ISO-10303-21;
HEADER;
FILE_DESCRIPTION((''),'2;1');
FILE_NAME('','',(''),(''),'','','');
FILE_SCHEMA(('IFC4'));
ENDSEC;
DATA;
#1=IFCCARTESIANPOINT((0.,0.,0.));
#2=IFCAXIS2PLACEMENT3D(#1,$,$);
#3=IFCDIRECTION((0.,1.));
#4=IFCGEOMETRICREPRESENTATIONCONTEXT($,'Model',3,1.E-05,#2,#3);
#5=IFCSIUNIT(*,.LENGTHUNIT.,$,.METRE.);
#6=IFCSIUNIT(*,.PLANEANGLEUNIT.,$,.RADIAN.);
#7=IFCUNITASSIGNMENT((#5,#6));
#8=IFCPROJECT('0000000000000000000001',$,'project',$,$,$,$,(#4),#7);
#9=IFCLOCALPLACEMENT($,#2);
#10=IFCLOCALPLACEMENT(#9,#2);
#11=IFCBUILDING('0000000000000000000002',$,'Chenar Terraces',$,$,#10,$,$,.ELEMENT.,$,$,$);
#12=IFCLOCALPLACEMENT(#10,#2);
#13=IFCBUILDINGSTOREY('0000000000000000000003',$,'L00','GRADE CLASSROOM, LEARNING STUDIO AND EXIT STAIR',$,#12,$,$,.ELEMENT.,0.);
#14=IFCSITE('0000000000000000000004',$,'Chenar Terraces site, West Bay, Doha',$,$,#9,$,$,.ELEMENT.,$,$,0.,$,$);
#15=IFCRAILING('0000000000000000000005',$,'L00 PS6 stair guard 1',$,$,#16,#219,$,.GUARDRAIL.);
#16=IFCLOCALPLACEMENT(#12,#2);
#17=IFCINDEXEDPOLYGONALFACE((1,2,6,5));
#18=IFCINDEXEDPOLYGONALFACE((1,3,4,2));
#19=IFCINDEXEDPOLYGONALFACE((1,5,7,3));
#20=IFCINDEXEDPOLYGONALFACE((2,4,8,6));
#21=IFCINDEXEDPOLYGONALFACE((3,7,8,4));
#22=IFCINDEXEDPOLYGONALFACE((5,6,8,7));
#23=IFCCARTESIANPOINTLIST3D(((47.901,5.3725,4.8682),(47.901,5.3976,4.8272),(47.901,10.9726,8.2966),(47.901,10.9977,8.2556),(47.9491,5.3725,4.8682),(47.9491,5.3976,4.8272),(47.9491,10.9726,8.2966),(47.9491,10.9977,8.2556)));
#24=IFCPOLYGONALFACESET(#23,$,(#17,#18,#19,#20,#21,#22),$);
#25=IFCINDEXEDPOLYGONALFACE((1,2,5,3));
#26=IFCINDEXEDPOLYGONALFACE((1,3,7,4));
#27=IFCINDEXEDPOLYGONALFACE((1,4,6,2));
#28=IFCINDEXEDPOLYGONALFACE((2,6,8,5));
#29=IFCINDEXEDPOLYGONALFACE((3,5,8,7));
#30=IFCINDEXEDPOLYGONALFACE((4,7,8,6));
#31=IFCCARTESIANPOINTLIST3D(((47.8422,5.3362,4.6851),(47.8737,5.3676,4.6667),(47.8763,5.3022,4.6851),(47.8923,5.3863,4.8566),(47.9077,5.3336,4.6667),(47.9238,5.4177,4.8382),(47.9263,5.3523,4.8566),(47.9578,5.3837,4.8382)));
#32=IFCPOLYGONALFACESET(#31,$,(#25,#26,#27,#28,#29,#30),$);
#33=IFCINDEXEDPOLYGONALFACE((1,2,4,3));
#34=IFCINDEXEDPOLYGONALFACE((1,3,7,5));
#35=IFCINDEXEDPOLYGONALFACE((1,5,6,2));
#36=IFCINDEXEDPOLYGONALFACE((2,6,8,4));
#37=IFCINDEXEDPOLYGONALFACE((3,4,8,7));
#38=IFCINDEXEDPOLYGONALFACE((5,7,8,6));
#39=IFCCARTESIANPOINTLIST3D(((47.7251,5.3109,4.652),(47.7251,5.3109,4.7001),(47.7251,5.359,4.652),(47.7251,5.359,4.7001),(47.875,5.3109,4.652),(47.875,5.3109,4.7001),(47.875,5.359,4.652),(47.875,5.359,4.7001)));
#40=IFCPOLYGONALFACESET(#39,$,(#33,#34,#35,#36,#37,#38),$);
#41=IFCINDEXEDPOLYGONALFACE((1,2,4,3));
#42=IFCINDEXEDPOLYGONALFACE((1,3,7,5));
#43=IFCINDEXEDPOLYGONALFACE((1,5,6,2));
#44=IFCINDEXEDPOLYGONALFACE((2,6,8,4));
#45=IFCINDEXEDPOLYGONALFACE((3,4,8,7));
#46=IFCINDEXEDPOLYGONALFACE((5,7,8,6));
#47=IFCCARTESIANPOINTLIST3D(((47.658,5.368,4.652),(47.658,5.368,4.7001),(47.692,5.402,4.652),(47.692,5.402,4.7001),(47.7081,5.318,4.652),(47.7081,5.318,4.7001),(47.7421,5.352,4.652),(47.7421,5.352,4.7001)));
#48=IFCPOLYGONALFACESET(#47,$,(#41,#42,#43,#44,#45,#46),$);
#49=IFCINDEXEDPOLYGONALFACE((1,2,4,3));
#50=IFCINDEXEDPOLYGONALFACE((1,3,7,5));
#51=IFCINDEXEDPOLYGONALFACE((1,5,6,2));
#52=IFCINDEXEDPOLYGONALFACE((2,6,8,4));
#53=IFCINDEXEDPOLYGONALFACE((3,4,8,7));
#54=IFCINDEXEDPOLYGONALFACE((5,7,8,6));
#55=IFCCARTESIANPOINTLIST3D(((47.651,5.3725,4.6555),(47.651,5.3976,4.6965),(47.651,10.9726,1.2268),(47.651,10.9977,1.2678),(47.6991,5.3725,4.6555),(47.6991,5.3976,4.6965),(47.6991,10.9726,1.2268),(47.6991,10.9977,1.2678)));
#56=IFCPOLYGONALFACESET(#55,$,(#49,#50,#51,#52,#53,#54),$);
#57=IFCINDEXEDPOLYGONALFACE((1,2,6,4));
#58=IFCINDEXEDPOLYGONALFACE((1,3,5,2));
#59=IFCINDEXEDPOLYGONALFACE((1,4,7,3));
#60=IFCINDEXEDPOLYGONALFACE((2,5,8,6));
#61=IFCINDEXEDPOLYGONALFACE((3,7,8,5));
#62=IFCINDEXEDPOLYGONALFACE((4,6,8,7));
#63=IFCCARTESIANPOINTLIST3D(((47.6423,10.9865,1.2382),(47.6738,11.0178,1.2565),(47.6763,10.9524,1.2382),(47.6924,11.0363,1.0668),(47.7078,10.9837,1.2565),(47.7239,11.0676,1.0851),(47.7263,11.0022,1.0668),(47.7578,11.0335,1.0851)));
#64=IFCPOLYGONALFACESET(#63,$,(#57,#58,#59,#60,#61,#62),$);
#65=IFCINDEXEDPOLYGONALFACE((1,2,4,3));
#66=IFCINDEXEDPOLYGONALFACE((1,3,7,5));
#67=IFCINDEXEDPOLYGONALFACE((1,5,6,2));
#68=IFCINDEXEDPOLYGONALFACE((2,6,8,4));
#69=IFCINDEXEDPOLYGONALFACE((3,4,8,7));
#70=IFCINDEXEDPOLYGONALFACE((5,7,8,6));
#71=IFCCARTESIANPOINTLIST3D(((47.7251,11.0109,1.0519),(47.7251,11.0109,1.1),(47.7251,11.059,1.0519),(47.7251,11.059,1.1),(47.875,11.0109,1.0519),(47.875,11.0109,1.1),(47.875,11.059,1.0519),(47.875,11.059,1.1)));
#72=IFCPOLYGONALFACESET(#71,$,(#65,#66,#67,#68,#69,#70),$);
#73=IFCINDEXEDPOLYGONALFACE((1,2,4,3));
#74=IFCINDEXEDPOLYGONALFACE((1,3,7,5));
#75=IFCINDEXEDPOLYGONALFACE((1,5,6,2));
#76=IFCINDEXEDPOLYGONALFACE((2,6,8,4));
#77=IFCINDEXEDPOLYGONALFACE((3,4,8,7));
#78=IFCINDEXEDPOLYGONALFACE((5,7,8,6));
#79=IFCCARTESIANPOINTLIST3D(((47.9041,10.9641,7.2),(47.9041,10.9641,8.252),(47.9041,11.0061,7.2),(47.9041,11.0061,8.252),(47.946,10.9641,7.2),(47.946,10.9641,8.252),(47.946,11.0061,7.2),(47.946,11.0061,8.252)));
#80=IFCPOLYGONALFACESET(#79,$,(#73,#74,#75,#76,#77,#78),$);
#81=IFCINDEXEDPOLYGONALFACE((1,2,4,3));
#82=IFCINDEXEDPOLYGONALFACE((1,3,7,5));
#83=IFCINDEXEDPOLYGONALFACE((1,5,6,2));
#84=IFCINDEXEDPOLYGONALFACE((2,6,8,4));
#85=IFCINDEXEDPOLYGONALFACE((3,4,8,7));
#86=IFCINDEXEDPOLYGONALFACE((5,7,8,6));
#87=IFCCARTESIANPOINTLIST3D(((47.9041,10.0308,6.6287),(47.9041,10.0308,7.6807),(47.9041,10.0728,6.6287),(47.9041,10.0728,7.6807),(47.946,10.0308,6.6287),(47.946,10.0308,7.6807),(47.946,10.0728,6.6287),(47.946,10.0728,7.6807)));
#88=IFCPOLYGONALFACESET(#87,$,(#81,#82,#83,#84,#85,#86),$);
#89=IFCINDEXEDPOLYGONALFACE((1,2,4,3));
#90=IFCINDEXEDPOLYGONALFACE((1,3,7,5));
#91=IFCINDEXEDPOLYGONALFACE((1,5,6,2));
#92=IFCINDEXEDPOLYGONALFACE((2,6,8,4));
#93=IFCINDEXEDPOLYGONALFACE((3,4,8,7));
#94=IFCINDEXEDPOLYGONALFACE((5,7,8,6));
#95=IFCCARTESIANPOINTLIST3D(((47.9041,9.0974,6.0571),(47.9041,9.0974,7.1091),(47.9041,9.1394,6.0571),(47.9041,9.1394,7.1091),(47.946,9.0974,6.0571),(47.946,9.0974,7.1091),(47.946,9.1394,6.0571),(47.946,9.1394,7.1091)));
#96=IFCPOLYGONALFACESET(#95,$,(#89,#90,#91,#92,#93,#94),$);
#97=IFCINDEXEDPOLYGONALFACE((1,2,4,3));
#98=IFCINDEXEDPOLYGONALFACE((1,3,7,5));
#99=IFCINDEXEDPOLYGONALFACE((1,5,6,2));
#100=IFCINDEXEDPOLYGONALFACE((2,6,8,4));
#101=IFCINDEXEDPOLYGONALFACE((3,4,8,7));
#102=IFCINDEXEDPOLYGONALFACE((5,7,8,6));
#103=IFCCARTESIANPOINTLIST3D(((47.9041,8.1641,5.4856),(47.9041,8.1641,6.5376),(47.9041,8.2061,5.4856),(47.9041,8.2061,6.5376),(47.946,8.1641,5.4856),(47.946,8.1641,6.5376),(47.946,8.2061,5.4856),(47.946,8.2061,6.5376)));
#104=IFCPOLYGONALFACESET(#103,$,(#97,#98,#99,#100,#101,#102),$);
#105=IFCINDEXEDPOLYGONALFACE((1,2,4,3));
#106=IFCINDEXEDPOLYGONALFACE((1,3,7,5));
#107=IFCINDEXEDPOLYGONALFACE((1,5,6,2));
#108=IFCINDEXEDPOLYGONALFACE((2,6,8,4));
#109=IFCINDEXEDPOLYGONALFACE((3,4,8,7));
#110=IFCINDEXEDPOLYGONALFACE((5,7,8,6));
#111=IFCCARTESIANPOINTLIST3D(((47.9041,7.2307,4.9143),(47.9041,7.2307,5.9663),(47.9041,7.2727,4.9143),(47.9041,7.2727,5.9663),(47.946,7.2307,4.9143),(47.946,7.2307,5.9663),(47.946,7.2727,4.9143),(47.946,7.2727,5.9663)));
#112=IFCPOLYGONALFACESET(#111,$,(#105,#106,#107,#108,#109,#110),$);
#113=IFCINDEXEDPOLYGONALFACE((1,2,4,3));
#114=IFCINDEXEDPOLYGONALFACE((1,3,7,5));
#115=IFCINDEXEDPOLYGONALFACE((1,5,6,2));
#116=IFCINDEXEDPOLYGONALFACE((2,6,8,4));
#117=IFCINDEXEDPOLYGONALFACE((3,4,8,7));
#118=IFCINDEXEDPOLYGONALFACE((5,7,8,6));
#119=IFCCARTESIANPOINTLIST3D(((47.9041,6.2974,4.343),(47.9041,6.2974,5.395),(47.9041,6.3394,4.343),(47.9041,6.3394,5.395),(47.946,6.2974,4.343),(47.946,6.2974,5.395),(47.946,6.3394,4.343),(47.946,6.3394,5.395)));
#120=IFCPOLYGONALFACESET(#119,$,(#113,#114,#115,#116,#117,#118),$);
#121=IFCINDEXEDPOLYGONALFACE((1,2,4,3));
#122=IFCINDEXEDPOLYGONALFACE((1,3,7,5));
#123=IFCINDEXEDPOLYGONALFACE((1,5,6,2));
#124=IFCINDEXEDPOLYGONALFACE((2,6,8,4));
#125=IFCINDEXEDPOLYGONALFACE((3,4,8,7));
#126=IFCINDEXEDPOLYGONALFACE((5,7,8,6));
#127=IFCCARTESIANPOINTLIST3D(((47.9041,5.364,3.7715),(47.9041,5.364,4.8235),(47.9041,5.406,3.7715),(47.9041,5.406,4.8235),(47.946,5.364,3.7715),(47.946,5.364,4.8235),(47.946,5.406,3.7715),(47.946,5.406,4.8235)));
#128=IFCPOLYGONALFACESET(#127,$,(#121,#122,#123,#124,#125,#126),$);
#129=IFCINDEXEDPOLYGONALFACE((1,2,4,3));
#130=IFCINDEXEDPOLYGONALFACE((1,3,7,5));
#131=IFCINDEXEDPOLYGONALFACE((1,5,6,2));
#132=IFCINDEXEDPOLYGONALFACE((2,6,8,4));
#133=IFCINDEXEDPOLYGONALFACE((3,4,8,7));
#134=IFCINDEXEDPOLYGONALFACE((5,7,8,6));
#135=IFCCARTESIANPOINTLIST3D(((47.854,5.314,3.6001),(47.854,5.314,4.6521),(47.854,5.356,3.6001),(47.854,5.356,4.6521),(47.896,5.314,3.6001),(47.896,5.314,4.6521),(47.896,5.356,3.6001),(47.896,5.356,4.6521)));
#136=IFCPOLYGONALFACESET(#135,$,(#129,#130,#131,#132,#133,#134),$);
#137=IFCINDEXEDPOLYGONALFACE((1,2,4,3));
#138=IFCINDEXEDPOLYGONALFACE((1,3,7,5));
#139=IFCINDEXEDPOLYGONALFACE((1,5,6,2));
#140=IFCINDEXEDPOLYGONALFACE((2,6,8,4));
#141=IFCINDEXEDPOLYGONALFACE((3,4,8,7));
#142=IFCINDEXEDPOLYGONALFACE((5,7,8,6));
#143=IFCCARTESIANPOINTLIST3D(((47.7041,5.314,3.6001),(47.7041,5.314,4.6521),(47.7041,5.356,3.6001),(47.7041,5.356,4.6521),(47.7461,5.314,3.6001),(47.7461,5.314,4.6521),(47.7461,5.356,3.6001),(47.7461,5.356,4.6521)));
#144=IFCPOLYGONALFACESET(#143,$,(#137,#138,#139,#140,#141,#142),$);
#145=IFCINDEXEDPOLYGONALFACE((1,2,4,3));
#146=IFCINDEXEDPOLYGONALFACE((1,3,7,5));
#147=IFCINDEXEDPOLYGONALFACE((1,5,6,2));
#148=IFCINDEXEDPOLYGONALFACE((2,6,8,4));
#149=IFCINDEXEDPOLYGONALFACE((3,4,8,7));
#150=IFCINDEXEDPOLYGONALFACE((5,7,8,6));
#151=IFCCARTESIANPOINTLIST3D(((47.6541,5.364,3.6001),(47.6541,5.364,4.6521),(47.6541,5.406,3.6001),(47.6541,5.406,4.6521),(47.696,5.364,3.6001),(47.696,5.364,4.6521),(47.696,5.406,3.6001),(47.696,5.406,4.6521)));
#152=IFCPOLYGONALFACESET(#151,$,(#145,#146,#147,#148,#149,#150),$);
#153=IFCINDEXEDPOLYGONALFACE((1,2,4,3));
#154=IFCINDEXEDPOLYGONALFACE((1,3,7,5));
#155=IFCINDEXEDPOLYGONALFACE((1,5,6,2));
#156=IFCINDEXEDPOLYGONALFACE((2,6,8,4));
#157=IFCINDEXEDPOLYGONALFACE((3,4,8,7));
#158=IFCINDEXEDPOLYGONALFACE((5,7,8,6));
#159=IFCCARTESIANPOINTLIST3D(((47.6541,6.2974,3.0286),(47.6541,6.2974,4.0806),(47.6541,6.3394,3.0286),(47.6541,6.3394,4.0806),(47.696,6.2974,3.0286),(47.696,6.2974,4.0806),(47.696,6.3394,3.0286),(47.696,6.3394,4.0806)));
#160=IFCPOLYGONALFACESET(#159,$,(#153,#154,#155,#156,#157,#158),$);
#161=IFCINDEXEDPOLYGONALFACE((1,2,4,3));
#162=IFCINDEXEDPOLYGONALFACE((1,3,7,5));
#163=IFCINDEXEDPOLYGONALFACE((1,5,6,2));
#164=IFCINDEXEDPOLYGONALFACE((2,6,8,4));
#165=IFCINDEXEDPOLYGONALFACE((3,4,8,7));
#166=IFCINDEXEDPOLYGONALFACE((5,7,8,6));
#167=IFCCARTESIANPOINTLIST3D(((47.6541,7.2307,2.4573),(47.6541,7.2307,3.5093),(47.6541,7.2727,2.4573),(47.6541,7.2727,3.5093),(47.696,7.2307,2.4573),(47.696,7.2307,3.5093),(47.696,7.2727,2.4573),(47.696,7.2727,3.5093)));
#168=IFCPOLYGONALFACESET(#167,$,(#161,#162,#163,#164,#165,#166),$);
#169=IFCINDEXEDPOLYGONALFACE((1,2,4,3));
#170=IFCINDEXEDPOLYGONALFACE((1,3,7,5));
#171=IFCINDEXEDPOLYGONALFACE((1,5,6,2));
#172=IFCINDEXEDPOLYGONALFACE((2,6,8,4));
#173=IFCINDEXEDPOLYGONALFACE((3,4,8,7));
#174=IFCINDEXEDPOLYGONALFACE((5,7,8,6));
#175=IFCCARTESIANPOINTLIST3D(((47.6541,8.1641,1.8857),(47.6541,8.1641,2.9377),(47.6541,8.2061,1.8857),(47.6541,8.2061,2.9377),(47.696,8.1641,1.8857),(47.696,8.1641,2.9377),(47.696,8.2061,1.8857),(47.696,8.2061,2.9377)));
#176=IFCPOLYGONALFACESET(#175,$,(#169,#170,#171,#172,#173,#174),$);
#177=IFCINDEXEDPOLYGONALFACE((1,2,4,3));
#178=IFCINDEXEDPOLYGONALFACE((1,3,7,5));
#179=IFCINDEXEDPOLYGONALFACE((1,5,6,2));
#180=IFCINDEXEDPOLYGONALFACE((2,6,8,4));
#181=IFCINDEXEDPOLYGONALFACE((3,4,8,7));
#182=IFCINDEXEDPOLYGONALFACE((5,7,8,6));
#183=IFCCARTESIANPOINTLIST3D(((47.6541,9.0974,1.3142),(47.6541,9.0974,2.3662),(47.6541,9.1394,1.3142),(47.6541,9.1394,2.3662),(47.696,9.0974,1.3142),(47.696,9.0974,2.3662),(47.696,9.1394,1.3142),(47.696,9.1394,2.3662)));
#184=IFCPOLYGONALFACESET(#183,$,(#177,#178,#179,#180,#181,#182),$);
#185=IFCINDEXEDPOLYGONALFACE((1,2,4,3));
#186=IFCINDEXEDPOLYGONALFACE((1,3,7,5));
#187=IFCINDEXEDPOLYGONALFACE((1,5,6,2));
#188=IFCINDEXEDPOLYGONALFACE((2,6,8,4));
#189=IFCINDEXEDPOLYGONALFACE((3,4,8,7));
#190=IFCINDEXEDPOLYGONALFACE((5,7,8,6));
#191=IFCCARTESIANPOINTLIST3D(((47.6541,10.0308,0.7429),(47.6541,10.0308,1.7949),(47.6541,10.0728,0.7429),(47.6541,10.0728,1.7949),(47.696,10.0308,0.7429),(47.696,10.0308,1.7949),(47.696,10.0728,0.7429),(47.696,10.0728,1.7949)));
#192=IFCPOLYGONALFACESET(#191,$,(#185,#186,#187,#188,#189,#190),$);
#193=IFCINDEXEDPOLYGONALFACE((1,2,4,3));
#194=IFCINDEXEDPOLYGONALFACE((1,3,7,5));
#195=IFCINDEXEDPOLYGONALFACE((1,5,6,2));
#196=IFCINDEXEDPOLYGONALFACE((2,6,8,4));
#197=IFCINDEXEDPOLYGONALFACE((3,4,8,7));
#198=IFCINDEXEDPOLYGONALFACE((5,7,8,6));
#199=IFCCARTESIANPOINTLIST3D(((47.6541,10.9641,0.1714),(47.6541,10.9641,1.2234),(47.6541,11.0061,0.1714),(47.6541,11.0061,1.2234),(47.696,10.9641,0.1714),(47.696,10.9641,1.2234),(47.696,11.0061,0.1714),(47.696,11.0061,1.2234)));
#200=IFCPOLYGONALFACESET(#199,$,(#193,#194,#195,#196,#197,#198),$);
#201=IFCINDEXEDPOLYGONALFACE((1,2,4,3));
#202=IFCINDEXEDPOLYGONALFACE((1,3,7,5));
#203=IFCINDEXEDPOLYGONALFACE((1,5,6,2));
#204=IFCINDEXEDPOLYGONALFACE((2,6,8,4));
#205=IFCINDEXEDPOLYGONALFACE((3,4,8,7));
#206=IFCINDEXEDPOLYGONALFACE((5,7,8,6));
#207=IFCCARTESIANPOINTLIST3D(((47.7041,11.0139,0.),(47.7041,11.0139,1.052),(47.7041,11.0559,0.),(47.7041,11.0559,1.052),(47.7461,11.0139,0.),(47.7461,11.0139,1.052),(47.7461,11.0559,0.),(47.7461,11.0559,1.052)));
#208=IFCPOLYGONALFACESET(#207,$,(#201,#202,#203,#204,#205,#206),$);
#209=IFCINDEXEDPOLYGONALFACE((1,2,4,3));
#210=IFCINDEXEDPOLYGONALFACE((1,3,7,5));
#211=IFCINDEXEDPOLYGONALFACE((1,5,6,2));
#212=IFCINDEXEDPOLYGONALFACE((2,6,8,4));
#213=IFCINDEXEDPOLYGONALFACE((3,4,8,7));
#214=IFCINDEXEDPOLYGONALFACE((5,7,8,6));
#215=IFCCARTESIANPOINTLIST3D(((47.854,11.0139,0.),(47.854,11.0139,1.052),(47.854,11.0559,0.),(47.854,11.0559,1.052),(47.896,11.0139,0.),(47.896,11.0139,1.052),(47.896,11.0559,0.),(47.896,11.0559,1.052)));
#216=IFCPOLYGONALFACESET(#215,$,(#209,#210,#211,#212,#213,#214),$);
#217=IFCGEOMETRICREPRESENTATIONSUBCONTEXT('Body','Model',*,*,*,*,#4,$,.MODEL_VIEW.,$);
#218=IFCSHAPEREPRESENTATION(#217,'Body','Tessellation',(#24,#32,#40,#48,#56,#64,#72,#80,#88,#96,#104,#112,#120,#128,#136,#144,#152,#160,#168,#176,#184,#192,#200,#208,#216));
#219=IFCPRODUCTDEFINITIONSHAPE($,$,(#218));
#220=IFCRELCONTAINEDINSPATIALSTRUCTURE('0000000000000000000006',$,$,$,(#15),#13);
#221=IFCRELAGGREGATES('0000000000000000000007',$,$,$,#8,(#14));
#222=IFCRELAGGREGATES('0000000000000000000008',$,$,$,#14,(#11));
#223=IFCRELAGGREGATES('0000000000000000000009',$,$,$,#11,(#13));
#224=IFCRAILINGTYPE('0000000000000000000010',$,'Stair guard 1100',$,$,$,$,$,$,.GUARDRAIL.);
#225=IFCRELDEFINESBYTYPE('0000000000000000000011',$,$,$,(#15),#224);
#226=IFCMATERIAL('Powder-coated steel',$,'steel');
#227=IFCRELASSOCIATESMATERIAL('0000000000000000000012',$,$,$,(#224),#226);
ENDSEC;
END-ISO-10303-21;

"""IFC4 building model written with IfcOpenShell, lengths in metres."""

from ifc_helpers import new_model, si_unit, direction, frame, origin, origin_2d, place, context, subcontext, project, spatial, rectangle, extrude, material, type_object, element, save


model = new_model("IFC4")

# Units and contexts
model_context = context("Model", 3, precision=1e-05, world=origin(), true_north=direction((0.0, 1.0)))
body_context = subcontext(model_context, "Body", "Model", "MODEL_VIEW")
ifc_project = project(units=[si_unit("LENGTHUNIT", "METRE"), si_unit("PLANEANGLEUNIT", "RADIAN")], contexts=[model_context])

# Site, building, storey
site_placement = place(None, origin())
site = spatial("IfcSite", under=ifc_project, at=site_placement, Name="Chenar Terraces site, West Bay, Doha", CompositionType="ELEMENT", RefElevation=0.0)
building_placement = place(site_placement, origin())
building = spatial("IfcBuilding", under=site, at=building_placement, Name="Chenar Terraces", CompositionType="ELEMENT")
storey_placement = place(building_placement, origin())
storey = spatial("IfcBuildingStorey", under=building, at=storey_placement, Name="L00", Description="GRADE CLASSROOM, LEARNING STUDIO AND EXIT STAIR", CompositionType="ELEMENT", Elevation=0.0)

# Railing
ifc_material_1 = material(Name="Powder-coated steel", Category="steel")
railing_type_1 = type_object("IfcRailingType", Name="Stair guard 1100", PredefinedType="GUARDRAIL", material=ifc_material_1)
railing_1_placement = place(storey_placement, frame((47.925, 10.9851, 7.2)))
element("IfcRailing", 1, at=railing_1_placement, inside=storey, type_object=railing_type_1, Name="L00 PS6 stair guard 1", PredefinedType="GUARDRAIL", context=body_context, shape_type="SweptSolid", body=[
    extrude(rectangle(XDim=0.0481, YDim=0.0481, at=origin_2d()), frame((0.0, 0.0, 1.0762), z_axis=(0.0, -0.852862, -0.522136), x_axis=(1.0, 0.0, 0.0)), (0.0, 0.0, 1.0), 6.5662),
    extrude(rectangle(XDim=0.0481, YDim=0.0481, at=origin_2d()), frame((0.0, -5.6001, -2.3525), z_axis=(-0.269911, -0.269911, -0.924281), x_axis=(0.707107, -0.707107, 0.0)), (0.0, 0.0, 1.0), 0.1855),
    extrude(rectangle(XDim=0.0481, YDim=0.0481, at=origin_2d()), frame((-0.05, -5.6501, -2.5239), z_axis=(-1.0, 0.0, 0.0), x_axis=(0.0, -1.0, 0.0)), (0.0, 0.0, 1.0), 0.1499),
    extrude(rectangle(XDim=0.0481, YDim=0.0481, at=origin_2d()), frame((-0.2, -5.6501, -2.5239), z_axis=(-0.707107, 0.707107, 0.0), x_axis=(-0.707107, -0.707107, 0.0)), (0.0, 0.0, 1.0), 0.0708),
    extrude(rectangle(XDim=0.0481, YDim=0.0481, at=origin_2d()), frame((-0.25, -5.6001, -2.5239), z_axis=(0.0, 0.852846, -0.522163), x_axis=(-1.0, 0.0, 0.0)), (0.0, 0.0, 1.0), 6.5664),
    extrude(rectangle(XDim=0.0481, YDim=0.0481, at=origin_2d()), frame((-0.25, 0.0, -5.9526), z_axis=(0.270007, 0.26869, -0.924609), x_axis=(-0.705376, 0.708834, 0.0)), (0.0, 0.0, 1.0), 0.1853),
    extrude(rectangle(XDim=0.0481, YDim=0.0481, at=origin_2d()), frame((-0.2, 0.0498, -6.124), z_axis=(1.0, 0.0, 0.0), x_axis=(0.0, 1.0, 0.0)), (0.0, 0.0, 1.0), 0.1499),
    extrude(rectangle(XDim=0.042, YDim=0.042, at=origin_2d()), origin(), (0.0, 0.0, 1.0), 1.052),
    extrude(rectangle(XDim=0.042, YDim=0.042, at=origin_2d()), frame((0.0, -0.9333, -0.5713)), (0.0, 0.0, 1.0), 1.052),
    extrude(rectangle(XDim=0.042, YDim=0.042, at=origin_2d()), frame((0.0, -1.8667, -1.1428)), (0.0, 0.0, 1.0), 1.052),
    extrude(rectangle(XDim=0.042, YDim=0.042, at=origin_2d()), frame((0.0, -2.8, -1.7144)), (0.0, 0.0, 1.0), 1.052),
    extrude(rectangle(XDim=0.042, YDim=0.042, at=origin_2d()), frame((0.0, -3.7334, -2.2856)), (0.0, 0.0, 1.0), 1.052),
    extrude(rectangle(XDim=0.042, YDim=0.042, at=origin_2d()), frame((0.0, -4.6667, -2.8569)), (0.0, 0.0, 1.0), 1.052),
    extrude(rectangle(XDim=0.042, YDim=0.042, at=origin_2d()), frame((0.0, -5.6001, -3.4285)), (0.0, 0.0, 1.0), 1.052),
    extrude(rectangle(XDim=0.042, YDim=0.042, at=origin_2d()), frame((-0.05, -5.6501, -3.5999)), (0.0, 0.0, 1.0), 1.052),
    extrude(rectangle(XDim=0.042, YDim=0.042, at=origin_2d()), frame((-0.2, -5.6501, -3.5999)), (0.0, 0.0, 1.0), 1.052),
    extrude(rectangle(XDim=0.042, YDim=0.042, at=origin_2d()), frame((-0.25, -5.6001, -3.5999)), (0.0, 0.0, 1.0), 1.052),
    extrude(rectangle(XDim=0.042, YDim=0.042, at=origin_2d()), frame((-0.25, -4.6667, -4.1714)), (0.0, 0.0, 1.0), 1.052),
    extrude(rectangle(XDim=0.042, YDim=0.042, at=origin_2d()), frame((-0.25, -3.7334, -4.7427)), (0.0, 0.0, 1.0), 1.052),
    extrude(rectangle(XDim=0.042, YDim=0.042, at=origin_2d()), frame((-0.25, -2.8, -5.3142)), (0.0, 0.0, 1.0), 1.052),
    extrude(rectangle(XDim=0.042, YDim=0.042, at=origin_2d()), frame((-0.25, -1.8667, -5.8857)), (0.0, 0.0, 1.0), 1.052),
    extrude(rectangle(XDim=0.042, YDim=0.042, at=origin_2d()), frame((-0.25, -0.9333, -6.457)), (0.0, 0.0, 1.0), 1.052),
    extrude(rectangle(XDim=0.042, YDim=0.042, at=origin_2d()), frame((-0.25, 0.0, -7.0286)), (0.0, 0.0, 1.0), 1.052),
    extrude(rectangle(XDim=0.042, YDim=0.042, at=origin_2d()), frame((-0.2, 0.0498, -7.2)), (0.0, 0.0, 1.0), 1.052),
    extrude(rectangle(XDim=0.042, YDim=0.042, at=origin_2d()), frame((-0.05, 0.0498, -7.2)), (0.0, 0.0, 1.0), 1.052),
])

save(model, "model.ifc")
